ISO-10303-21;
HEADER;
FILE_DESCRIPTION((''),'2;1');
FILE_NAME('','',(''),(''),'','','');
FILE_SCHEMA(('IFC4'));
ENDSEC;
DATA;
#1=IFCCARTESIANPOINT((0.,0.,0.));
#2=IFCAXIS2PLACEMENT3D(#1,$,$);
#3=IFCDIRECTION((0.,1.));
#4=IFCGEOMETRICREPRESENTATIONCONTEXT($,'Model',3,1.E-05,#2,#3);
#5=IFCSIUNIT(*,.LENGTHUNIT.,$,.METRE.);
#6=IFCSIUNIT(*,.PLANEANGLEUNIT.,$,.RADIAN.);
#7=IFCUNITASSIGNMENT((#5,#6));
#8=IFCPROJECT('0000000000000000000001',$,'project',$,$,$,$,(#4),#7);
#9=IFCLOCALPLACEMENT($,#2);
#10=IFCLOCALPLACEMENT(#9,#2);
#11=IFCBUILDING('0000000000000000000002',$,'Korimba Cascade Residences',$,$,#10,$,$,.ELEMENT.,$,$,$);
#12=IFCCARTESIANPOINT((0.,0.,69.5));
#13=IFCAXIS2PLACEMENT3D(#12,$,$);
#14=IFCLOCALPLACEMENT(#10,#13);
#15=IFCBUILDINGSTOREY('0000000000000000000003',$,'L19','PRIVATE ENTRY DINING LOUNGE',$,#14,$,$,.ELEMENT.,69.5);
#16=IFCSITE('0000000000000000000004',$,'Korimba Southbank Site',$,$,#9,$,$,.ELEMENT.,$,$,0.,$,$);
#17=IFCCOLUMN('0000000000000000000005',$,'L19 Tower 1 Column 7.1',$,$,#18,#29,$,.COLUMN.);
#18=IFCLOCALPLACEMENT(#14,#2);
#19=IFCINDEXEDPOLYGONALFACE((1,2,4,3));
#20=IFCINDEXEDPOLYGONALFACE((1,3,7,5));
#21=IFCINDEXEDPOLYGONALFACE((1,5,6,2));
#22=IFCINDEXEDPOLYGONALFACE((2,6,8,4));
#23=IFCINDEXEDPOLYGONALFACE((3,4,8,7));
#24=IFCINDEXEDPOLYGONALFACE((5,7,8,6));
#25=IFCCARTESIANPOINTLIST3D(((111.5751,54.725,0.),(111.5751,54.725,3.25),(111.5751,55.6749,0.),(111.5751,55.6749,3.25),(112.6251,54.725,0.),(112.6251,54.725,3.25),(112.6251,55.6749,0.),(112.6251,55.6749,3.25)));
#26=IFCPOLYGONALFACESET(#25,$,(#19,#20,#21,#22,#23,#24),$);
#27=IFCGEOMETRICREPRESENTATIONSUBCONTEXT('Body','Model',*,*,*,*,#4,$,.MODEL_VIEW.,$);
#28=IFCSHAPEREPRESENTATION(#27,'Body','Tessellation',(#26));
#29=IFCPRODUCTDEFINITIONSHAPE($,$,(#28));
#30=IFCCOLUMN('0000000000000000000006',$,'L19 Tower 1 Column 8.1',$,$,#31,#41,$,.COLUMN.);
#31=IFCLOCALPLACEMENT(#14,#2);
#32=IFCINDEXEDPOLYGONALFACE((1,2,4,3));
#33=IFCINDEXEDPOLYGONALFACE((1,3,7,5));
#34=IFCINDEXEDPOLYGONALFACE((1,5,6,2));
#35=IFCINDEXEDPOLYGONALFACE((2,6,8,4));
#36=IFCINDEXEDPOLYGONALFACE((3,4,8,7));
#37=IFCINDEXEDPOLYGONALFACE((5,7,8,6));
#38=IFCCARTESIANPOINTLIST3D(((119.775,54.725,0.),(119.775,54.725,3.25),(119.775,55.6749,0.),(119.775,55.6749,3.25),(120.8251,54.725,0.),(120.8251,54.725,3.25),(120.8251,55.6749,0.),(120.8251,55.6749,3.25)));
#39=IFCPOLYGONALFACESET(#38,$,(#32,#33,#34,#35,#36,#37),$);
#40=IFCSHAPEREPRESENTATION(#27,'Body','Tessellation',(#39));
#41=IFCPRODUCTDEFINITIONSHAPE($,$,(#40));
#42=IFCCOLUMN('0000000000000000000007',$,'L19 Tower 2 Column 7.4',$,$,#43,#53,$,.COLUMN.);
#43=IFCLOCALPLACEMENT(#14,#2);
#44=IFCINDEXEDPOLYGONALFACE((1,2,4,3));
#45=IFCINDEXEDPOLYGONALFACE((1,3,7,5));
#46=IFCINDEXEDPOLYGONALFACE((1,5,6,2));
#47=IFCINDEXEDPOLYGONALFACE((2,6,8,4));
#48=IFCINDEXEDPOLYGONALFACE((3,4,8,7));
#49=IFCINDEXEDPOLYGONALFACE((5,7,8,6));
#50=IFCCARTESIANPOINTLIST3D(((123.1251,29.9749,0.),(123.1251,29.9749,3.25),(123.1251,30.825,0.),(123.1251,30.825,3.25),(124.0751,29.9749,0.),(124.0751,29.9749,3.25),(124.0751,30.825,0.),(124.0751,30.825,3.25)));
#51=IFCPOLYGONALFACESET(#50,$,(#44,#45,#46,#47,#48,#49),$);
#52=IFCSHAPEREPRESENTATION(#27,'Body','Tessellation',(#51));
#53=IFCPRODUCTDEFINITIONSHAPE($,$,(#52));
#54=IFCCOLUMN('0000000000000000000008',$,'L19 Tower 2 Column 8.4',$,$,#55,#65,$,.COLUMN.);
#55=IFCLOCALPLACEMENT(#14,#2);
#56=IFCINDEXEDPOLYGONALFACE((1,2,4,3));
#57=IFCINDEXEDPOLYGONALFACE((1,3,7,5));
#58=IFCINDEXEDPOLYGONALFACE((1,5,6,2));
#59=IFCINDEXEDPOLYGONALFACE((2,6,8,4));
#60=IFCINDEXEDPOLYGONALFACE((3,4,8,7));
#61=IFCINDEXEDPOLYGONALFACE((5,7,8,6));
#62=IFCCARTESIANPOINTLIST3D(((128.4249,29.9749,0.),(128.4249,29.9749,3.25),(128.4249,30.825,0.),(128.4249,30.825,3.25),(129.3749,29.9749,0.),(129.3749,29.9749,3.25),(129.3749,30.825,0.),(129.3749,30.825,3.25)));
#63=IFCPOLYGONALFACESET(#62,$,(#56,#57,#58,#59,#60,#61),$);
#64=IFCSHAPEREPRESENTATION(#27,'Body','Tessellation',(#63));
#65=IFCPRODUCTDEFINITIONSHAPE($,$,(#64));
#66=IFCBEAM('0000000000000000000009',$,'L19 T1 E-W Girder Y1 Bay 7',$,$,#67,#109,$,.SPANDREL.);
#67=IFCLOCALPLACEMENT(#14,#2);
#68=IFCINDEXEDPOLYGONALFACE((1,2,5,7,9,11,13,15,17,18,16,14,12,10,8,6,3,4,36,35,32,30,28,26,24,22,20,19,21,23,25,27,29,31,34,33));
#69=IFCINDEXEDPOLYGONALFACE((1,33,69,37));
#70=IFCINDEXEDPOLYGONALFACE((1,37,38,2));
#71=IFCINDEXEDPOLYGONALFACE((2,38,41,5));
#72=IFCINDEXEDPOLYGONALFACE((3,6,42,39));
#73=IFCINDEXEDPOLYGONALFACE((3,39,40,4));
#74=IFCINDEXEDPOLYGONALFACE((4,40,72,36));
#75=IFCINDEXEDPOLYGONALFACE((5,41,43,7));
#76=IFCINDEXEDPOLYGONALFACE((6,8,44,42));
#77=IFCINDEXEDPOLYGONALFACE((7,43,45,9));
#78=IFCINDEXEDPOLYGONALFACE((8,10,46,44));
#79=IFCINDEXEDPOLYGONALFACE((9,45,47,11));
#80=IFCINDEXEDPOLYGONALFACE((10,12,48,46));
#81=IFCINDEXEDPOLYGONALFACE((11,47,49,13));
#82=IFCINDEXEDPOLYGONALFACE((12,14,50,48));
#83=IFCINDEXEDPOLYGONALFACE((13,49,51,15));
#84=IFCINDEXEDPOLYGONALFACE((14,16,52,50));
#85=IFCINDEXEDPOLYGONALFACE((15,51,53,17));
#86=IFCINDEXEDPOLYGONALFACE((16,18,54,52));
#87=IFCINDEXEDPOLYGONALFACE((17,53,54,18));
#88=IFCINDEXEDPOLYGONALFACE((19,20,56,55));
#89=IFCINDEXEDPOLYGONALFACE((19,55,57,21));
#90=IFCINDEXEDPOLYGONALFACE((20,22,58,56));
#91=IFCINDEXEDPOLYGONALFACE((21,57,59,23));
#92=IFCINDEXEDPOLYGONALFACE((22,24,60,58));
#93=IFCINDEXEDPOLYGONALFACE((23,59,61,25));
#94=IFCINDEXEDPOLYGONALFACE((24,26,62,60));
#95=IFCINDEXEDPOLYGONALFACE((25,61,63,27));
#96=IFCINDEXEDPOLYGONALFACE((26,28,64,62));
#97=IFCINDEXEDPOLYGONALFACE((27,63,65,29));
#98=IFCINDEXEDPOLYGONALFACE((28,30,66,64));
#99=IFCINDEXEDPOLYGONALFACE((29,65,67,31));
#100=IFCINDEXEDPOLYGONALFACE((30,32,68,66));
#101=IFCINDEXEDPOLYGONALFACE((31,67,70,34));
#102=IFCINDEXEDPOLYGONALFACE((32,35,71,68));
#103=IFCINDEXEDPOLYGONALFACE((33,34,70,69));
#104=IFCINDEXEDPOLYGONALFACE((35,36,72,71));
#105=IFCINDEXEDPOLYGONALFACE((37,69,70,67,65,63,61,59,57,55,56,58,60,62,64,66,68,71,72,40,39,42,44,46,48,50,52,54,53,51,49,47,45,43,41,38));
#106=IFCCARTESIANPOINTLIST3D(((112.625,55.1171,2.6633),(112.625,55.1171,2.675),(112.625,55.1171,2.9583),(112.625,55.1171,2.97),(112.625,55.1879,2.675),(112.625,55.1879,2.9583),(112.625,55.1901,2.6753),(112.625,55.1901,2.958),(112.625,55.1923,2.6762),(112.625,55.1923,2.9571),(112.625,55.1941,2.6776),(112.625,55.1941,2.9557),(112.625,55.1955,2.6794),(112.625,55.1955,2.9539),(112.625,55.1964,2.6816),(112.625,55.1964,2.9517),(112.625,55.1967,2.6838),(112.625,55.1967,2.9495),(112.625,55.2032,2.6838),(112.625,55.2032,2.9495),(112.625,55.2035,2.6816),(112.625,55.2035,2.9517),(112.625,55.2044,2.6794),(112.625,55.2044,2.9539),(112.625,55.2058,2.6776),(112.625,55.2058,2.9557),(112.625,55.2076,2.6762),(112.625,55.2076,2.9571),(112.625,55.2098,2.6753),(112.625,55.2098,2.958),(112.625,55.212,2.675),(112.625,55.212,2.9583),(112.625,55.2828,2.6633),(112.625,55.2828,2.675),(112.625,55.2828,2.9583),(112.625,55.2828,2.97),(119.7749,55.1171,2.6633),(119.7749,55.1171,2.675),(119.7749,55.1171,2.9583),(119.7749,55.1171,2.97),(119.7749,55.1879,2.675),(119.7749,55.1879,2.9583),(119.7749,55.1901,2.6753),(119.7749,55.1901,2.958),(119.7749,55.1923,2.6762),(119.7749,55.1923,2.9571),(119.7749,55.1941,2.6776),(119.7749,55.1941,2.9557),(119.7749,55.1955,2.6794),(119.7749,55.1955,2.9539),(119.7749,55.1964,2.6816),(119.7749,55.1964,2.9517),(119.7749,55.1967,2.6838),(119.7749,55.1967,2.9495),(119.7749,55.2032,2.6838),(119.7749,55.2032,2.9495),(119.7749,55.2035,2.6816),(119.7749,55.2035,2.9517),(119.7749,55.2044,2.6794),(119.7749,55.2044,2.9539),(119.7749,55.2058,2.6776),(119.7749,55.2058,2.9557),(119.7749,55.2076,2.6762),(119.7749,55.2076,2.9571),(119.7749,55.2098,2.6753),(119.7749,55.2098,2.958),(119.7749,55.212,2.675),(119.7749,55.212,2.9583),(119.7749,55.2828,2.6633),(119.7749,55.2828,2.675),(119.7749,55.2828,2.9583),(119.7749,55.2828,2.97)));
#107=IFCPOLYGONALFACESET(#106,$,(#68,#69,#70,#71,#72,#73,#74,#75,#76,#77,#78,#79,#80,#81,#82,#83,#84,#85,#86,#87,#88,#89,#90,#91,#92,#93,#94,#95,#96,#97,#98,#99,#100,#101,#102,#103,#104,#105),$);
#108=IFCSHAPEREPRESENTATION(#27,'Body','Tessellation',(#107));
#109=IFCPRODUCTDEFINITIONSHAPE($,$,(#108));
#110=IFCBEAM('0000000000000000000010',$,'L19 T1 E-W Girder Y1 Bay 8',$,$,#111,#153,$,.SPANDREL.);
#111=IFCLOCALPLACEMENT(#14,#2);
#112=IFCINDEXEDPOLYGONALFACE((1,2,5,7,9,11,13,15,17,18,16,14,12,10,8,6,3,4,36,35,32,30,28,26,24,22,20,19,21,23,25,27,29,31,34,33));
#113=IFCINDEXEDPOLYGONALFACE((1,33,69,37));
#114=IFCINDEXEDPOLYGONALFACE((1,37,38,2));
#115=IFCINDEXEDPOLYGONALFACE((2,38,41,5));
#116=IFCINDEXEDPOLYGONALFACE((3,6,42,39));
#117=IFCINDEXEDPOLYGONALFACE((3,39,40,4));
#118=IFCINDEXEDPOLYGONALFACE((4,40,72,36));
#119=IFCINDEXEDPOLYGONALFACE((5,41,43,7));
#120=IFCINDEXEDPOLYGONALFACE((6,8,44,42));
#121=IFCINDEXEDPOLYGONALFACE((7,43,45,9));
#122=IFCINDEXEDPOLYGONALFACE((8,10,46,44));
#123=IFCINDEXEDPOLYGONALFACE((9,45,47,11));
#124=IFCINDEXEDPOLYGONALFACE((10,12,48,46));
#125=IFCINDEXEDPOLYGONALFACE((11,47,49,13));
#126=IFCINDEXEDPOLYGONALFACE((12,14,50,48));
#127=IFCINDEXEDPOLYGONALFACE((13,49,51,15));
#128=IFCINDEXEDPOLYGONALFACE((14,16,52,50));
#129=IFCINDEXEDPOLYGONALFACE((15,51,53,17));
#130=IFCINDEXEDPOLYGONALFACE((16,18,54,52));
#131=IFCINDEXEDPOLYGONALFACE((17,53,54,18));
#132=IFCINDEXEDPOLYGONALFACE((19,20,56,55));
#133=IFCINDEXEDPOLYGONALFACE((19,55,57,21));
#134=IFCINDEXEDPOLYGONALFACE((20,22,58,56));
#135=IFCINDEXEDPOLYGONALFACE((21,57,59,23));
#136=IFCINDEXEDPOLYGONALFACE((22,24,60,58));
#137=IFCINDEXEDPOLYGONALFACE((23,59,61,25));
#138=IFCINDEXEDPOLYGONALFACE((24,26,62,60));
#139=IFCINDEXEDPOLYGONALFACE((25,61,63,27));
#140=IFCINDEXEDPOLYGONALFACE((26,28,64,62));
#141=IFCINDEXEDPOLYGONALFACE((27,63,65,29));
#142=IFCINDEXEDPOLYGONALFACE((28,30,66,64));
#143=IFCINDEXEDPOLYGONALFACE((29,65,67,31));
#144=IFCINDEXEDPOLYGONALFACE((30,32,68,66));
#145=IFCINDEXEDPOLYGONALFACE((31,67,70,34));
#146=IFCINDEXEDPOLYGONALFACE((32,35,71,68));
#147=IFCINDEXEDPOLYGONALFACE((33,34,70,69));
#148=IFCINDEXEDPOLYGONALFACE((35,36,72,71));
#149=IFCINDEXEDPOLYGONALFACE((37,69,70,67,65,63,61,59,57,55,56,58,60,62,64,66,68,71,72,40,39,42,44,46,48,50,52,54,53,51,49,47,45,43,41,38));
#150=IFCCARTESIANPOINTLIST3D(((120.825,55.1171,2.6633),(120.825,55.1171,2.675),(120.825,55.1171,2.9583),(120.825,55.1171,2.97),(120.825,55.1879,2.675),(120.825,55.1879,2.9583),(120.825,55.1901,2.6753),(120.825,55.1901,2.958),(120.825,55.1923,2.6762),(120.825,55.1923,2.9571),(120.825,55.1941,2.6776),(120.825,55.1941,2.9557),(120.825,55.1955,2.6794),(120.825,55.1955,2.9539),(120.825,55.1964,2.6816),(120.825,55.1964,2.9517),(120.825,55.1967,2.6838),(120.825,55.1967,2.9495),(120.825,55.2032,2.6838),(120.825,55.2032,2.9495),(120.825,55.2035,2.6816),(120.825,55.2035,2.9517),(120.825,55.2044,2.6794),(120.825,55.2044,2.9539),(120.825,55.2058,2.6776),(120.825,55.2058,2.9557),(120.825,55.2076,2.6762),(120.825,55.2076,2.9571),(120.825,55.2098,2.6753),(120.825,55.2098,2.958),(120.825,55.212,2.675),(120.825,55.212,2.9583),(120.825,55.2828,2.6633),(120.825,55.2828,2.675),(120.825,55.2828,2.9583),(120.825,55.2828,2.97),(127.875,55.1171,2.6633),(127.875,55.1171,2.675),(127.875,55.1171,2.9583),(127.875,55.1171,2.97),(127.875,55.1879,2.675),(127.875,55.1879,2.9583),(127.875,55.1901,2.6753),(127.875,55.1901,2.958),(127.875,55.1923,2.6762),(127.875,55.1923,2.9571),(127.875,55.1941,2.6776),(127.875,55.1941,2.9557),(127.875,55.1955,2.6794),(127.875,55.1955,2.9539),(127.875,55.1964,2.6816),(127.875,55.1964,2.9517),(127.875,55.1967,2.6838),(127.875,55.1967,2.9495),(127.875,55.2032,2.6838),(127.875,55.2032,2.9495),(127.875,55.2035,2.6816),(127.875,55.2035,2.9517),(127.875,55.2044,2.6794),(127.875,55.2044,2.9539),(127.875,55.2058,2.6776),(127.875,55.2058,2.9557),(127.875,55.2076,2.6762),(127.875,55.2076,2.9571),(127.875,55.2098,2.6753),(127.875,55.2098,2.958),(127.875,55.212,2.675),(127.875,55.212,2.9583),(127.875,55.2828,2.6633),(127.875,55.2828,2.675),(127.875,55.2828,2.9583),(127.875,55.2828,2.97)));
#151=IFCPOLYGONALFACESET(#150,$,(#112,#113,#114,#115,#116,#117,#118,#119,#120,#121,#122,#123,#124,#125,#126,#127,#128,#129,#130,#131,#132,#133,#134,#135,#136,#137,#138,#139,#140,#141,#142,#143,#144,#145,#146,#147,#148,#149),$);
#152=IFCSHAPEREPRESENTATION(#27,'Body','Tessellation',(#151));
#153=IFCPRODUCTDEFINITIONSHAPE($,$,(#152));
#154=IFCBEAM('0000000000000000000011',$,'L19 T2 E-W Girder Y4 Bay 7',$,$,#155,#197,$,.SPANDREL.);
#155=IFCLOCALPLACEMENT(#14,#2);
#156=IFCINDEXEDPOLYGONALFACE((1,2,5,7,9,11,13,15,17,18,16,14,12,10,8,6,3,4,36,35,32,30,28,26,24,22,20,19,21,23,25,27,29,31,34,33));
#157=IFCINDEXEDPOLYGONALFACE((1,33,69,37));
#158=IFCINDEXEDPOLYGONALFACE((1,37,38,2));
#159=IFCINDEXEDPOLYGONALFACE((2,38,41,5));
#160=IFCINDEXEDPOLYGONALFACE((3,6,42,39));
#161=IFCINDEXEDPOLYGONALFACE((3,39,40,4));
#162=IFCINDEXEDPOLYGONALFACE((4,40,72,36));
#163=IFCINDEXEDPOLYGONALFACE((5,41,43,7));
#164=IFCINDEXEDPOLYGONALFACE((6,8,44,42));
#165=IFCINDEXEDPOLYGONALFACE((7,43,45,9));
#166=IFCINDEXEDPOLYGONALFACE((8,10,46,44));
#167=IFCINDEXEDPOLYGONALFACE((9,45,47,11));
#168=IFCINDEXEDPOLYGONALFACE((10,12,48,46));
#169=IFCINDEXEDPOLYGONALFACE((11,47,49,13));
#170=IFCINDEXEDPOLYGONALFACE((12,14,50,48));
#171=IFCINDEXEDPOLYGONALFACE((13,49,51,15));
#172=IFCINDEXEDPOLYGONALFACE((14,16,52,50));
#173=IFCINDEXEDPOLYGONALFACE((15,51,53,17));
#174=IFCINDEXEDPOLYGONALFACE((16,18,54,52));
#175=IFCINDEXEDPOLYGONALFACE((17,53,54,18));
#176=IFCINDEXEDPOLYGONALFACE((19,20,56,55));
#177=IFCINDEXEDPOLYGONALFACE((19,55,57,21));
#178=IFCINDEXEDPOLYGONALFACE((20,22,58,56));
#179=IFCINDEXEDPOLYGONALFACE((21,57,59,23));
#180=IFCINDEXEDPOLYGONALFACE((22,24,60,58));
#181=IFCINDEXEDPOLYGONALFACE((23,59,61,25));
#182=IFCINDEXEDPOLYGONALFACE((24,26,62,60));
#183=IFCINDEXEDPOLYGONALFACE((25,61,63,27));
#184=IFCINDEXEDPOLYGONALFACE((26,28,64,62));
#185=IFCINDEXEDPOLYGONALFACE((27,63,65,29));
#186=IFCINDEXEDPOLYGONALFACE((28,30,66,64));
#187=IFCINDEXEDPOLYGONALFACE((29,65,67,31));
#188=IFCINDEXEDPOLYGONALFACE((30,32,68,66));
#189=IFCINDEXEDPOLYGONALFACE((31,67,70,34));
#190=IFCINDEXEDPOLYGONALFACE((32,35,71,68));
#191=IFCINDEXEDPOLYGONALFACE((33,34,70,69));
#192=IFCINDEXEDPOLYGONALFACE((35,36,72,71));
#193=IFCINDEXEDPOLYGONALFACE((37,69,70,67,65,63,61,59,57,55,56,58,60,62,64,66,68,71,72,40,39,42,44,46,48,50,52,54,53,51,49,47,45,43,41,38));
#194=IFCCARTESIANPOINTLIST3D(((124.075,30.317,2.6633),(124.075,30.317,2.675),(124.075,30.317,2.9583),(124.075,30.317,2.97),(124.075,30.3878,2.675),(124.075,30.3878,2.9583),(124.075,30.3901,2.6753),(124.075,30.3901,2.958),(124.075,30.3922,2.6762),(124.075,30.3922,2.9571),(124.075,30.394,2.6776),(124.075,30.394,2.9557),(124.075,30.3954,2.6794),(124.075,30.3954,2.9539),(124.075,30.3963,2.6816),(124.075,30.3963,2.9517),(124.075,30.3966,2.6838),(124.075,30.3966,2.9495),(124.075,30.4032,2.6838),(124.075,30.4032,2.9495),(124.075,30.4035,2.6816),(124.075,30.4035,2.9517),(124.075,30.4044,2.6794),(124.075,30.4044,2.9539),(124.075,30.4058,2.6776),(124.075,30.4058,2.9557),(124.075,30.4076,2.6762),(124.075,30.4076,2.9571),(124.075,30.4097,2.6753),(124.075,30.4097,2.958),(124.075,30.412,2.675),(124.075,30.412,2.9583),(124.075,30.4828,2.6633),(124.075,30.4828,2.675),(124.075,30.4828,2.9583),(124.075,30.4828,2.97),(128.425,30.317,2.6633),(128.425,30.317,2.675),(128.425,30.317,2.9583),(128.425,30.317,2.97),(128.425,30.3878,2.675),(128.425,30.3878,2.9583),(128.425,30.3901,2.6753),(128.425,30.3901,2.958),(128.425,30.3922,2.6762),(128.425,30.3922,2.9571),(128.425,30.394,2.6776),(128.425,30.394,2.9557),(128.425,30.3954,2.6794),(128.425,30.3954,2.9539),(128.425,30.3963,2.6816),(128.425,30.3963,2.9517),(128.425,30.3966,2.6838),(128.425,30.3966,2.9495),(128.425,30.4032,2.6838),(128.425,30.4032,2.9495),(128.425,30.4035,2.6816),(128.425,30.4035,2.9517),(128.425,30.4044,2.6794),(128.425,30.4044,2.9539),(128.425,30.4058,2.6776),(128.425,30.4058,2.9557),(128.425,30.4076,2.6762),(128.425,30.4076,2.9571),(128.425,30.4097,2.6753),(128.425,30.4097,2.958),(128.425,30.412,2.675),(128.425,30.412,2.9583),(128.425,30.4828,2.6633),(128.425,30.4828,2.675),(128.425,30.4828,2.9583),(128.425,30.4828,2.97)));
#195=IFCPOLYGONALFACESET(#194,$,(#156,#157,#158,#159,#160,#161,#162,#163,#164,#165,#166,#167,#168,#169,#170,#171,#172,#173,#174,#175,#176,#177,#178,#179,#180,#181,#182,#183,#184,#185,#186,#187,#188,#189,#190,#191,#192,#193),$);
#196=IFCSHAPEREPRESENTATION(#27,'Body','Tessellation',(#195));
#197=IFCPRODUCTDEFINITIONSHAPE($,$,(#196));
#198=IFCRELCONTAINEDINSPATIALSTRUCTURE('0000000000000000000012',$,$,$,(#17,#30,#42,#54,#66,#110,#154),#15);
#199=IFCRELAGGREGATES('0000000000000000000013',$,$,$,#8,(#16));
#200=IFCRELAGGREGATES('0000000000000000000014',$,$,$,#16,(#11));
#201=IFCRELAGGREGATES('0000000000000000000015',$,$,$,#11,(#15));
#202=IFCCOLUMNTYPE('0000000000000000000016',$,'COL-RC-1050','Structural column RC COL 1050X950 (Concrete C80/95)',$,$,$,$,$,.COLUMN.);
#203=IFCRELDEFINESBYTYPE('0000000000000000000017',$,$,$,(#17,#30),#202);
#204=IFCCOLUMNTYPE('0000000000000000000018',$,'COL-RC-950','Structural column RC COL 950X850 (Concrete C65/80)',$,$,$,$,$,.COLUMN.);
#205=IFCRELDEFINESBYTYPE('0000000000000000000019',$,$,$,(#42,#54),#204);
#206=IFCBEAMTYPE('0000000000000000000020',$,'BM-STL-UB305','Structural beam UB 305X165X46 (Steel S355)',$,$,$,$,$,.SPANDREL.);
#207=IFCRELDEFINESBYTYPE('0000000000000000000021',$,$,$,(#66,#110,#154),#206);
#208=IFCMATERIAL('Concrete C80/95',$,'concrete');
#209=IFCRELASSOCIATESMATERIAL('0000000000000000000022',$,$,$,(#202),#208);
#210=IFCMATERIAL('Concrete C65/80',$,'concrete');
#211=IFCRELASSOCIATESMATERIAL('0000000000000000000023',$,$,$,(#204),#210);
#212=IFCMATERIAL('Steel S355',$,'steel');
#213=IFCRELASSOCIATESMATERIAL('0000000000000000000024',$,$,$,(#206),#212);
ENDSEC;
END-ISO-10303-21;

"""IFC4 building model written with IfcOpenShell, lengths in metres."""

from ifc_helpers import new_model, si_unit, direction, frame, origin, origin_2d, place, context, subcontext, project, spatial, rectangle, i_section, extrude, material, material_profile, profile_set, type_object, element, save


model = new_model("IFC4")

# Units and contexts
model_context = context("Model", 3, precision=1e-05, world=origin(), true_north=direction((0.0, 1.0)))
body_context = subcontext(model_context, "Body", "Model", "MODEL_VIEW")
ifc_project = project(units=[si_unit("LENGTHUNIT", "METRE"), si_unit("PLANEANGLEUNIT", "RADIAN")], contexts=[model_context])

# Site, building, storey
site_placement = place(None, origin())
site = spatial("IfcSite", under=ifc_project, at=site_placement, Name="Korimba Southbank Site", CompositionType="ELEMENT", RefElevation=0.0)
building_placement = place(site_placement, origin())
building = spatial("IfcBuilding", under=site, at=building_placement, Name="Korimba Cascade Residences", CompositionType="ELEMENT")
storey_placement = place(building_placement, frame((0.0, 0.0, 69.5)))
storey = spatial("IfcBuildingStorey", under=building, at=storey_placement, Name="L19", Description="PRIVATE ENTRY DINING LOUNGE", CompositionType="ELEMENT", Elevation=69.5)

# Columns
ifc_material_1 = material(Name="Concrete C80/95", Category="concrete")
ifc_material_profile_1 = material_profile(ifc_material_1, rectangle(XDim=1.05, YDim=0.95, at=origin_2d()), Name="Concrete C80/95")
ifc_profile_set_1 = profile_set([ifc_material_profile_1], Name="Concrete C80/95")
column_type_1 = type_object("IfcColumnType", Name="COL-RC-1050", Description="Structural column RC COL 1050X950 (Concrete C80/95)", PredefinedType="COLUMN", material=ifc_profile_set_1)
for number, where, z_axis, x_axis, name in (
    (1, (112.1001, 55.2, 0.0), (0.0, 0.0, 1.0), (1.0, 0.0, 0.0), "L19 Tower 1 Column 7.1"),
    (2, (120.3, 55.2, 0.0), (0.0, 0.0, 1.0), (1.0, 0.0, 0.0), "L19 Tower 1 Column 8.1"),
):
    element("IfcColumn", number, at=place(storey_placement, frame(where, z_axis=z_axis, x_axis=x_axis)), inside=storey, type_object=column_type_1, Name=name, PredefinedType="COLUMN", context=body_context, shape_type="SweptSolid", body=[
        extrude(rectangle(XDim=1.05, YDim=0.95, at=origin_2d()), origin(), (0.0, 0.0, 1.0), 3.25),
    ])
ifc_material_2 = material(Name="Concrete C65/80", Category="concrete")
ifc_material_profile_2 = material_profile(ifc_material_2, rectangle(XDim=0.95, YDim=0.8501, at=origin_2d()), Name="Concrete C65/80")
ifc_profile_set_2 = profile_set([ifc_material_profile_2], Name="Concrete C65/80")
column_type_2 = type_object("IfcColumnType", Name="COL-RC-950", Description="Structural column RC COL 950X850 (Concrete C65/80)", PredefinedType="COLUMN", material=ifc_profile_set_2)
for number, where, z_axis, x_axis, name in (
    (3, (123.6001, 30.3999, 0.0), (0.0, 0.0, 1.0), (1.0, 0.0, 0.0), "L19 Tower 2 Column 7.4"),
    (4, (128.8999, 30.3999, 0.0), (0.0, 0.0, 1.0), (1.0, 0.0, 0.0), "L19 Tower 2 Column 8.4"),
):
    element("IfcColumn", number, at=place(storey_placement, frame(where, z_axis=z_axis, x_axis=x_axis)), inside=storey, type_object=column_type_2, Name=name, PredefinedType="COLUMN", context=body_context, shape_type="SweptSolid", body=[
        extrude(rectangle(XDim=0.95, YDim=0.8501, at=origin_2d()), origin(), (0.0, 0.0, 1.0), 3.25),
    ])

# Beams
ifc_material_3 = material(Name="Steel S355", Category="steel")
ifc_material_profile_3 = material_profile(ifc_material_3, i_section(OverallWidth=0.1658, OverallDepth=0.3066, WebThickness=0.0066, FlangeThickness=0.0117, FilletRadius=0.0088, at=origin_2d()), Name="Steel S355")
ifc_profile_set_3 = profile_set([ifc_material_profile_3], Name="Steel S355")
beam_type = type_object("IfcBeamType", Name="BM-STL-UB305", Description="Structural beam UB 305X165X46 (Steel S355)", PredefinedType="SPANDREL", material=ifc_profile_set_3)
beam_1_placement = place(storey_placement, frame((112.625, 55.2, 2.8167), z_axis=(1.0, 0.0, 0.0), x_axis=(0.0, 1.0, 0.0)))
element("IfcBeam", 5, at=beam_1_placement, inside=storey, type_object=beam_type, Name="L19 T1 E-W Girder Y1 Bay 7", PredefinedType="SPANDREL", context=body_context, shape_type="SweptSolid", body=[
    extrude(i_section(OverallWidth=0.1658, OverallDepth=0.3066, WebThickness=0.0066, FlangeThickness=0.0117, FilletRadius=0.0088, at=origin_2d()), origin(), (0.0, 0.0, 1.0), 7.1499),
])
beam_2_placement = place(storey_placement, frame((120.825, 55.2, 2.8167), z_axis=(1.0, 0.0, 0.0), x_axis=(0.0, 1.0, 0.0)))
element("IfcBeam", 6, at=beam_2_placement, inside=storey, type_object=beam_type, Name="L19 T1 E-W Girder Y1 Bay 8", PredefinedType="SPANDREL", context=body_context, shape_type="SweptSolid", body=[
    extrude(i_section(OverallWidth=0.1658, OverallDepth=0.3066, WebThickness=0.0066, FlangeThickness=0.0117, FilletRadius=0.0088, at=origin_2d()), origin(), (0.0, 0.0, 1.0), 7.05),
])
beam_3_placement = place(storey_placement, frame((124.075, 30.3999, 2.8167), z_axis=(1.0, 0.0, 0.0), x_axis=(0.0, 1.0, 0.0)))
element("IfcBeam", 7, at=beam_3_placement, inside=storey, type_object=beam_type, Name="L19 T2 E-W Girder Y4 Bay 7", PredefinedType="SPANDREL", context=body_context, shape_type="SweptSolid", body=[
    extrude(i_section(OverallWidth=0.1658, OverallDepth=0.3066, WebThickness=0.0066, FlangeThickness=0.0117, FilletRadius=0.0088, at=origin_2d()), origin(), (0.0, 0.0, 1.0), 4.3501),
])

save(model, "model.ifc")
